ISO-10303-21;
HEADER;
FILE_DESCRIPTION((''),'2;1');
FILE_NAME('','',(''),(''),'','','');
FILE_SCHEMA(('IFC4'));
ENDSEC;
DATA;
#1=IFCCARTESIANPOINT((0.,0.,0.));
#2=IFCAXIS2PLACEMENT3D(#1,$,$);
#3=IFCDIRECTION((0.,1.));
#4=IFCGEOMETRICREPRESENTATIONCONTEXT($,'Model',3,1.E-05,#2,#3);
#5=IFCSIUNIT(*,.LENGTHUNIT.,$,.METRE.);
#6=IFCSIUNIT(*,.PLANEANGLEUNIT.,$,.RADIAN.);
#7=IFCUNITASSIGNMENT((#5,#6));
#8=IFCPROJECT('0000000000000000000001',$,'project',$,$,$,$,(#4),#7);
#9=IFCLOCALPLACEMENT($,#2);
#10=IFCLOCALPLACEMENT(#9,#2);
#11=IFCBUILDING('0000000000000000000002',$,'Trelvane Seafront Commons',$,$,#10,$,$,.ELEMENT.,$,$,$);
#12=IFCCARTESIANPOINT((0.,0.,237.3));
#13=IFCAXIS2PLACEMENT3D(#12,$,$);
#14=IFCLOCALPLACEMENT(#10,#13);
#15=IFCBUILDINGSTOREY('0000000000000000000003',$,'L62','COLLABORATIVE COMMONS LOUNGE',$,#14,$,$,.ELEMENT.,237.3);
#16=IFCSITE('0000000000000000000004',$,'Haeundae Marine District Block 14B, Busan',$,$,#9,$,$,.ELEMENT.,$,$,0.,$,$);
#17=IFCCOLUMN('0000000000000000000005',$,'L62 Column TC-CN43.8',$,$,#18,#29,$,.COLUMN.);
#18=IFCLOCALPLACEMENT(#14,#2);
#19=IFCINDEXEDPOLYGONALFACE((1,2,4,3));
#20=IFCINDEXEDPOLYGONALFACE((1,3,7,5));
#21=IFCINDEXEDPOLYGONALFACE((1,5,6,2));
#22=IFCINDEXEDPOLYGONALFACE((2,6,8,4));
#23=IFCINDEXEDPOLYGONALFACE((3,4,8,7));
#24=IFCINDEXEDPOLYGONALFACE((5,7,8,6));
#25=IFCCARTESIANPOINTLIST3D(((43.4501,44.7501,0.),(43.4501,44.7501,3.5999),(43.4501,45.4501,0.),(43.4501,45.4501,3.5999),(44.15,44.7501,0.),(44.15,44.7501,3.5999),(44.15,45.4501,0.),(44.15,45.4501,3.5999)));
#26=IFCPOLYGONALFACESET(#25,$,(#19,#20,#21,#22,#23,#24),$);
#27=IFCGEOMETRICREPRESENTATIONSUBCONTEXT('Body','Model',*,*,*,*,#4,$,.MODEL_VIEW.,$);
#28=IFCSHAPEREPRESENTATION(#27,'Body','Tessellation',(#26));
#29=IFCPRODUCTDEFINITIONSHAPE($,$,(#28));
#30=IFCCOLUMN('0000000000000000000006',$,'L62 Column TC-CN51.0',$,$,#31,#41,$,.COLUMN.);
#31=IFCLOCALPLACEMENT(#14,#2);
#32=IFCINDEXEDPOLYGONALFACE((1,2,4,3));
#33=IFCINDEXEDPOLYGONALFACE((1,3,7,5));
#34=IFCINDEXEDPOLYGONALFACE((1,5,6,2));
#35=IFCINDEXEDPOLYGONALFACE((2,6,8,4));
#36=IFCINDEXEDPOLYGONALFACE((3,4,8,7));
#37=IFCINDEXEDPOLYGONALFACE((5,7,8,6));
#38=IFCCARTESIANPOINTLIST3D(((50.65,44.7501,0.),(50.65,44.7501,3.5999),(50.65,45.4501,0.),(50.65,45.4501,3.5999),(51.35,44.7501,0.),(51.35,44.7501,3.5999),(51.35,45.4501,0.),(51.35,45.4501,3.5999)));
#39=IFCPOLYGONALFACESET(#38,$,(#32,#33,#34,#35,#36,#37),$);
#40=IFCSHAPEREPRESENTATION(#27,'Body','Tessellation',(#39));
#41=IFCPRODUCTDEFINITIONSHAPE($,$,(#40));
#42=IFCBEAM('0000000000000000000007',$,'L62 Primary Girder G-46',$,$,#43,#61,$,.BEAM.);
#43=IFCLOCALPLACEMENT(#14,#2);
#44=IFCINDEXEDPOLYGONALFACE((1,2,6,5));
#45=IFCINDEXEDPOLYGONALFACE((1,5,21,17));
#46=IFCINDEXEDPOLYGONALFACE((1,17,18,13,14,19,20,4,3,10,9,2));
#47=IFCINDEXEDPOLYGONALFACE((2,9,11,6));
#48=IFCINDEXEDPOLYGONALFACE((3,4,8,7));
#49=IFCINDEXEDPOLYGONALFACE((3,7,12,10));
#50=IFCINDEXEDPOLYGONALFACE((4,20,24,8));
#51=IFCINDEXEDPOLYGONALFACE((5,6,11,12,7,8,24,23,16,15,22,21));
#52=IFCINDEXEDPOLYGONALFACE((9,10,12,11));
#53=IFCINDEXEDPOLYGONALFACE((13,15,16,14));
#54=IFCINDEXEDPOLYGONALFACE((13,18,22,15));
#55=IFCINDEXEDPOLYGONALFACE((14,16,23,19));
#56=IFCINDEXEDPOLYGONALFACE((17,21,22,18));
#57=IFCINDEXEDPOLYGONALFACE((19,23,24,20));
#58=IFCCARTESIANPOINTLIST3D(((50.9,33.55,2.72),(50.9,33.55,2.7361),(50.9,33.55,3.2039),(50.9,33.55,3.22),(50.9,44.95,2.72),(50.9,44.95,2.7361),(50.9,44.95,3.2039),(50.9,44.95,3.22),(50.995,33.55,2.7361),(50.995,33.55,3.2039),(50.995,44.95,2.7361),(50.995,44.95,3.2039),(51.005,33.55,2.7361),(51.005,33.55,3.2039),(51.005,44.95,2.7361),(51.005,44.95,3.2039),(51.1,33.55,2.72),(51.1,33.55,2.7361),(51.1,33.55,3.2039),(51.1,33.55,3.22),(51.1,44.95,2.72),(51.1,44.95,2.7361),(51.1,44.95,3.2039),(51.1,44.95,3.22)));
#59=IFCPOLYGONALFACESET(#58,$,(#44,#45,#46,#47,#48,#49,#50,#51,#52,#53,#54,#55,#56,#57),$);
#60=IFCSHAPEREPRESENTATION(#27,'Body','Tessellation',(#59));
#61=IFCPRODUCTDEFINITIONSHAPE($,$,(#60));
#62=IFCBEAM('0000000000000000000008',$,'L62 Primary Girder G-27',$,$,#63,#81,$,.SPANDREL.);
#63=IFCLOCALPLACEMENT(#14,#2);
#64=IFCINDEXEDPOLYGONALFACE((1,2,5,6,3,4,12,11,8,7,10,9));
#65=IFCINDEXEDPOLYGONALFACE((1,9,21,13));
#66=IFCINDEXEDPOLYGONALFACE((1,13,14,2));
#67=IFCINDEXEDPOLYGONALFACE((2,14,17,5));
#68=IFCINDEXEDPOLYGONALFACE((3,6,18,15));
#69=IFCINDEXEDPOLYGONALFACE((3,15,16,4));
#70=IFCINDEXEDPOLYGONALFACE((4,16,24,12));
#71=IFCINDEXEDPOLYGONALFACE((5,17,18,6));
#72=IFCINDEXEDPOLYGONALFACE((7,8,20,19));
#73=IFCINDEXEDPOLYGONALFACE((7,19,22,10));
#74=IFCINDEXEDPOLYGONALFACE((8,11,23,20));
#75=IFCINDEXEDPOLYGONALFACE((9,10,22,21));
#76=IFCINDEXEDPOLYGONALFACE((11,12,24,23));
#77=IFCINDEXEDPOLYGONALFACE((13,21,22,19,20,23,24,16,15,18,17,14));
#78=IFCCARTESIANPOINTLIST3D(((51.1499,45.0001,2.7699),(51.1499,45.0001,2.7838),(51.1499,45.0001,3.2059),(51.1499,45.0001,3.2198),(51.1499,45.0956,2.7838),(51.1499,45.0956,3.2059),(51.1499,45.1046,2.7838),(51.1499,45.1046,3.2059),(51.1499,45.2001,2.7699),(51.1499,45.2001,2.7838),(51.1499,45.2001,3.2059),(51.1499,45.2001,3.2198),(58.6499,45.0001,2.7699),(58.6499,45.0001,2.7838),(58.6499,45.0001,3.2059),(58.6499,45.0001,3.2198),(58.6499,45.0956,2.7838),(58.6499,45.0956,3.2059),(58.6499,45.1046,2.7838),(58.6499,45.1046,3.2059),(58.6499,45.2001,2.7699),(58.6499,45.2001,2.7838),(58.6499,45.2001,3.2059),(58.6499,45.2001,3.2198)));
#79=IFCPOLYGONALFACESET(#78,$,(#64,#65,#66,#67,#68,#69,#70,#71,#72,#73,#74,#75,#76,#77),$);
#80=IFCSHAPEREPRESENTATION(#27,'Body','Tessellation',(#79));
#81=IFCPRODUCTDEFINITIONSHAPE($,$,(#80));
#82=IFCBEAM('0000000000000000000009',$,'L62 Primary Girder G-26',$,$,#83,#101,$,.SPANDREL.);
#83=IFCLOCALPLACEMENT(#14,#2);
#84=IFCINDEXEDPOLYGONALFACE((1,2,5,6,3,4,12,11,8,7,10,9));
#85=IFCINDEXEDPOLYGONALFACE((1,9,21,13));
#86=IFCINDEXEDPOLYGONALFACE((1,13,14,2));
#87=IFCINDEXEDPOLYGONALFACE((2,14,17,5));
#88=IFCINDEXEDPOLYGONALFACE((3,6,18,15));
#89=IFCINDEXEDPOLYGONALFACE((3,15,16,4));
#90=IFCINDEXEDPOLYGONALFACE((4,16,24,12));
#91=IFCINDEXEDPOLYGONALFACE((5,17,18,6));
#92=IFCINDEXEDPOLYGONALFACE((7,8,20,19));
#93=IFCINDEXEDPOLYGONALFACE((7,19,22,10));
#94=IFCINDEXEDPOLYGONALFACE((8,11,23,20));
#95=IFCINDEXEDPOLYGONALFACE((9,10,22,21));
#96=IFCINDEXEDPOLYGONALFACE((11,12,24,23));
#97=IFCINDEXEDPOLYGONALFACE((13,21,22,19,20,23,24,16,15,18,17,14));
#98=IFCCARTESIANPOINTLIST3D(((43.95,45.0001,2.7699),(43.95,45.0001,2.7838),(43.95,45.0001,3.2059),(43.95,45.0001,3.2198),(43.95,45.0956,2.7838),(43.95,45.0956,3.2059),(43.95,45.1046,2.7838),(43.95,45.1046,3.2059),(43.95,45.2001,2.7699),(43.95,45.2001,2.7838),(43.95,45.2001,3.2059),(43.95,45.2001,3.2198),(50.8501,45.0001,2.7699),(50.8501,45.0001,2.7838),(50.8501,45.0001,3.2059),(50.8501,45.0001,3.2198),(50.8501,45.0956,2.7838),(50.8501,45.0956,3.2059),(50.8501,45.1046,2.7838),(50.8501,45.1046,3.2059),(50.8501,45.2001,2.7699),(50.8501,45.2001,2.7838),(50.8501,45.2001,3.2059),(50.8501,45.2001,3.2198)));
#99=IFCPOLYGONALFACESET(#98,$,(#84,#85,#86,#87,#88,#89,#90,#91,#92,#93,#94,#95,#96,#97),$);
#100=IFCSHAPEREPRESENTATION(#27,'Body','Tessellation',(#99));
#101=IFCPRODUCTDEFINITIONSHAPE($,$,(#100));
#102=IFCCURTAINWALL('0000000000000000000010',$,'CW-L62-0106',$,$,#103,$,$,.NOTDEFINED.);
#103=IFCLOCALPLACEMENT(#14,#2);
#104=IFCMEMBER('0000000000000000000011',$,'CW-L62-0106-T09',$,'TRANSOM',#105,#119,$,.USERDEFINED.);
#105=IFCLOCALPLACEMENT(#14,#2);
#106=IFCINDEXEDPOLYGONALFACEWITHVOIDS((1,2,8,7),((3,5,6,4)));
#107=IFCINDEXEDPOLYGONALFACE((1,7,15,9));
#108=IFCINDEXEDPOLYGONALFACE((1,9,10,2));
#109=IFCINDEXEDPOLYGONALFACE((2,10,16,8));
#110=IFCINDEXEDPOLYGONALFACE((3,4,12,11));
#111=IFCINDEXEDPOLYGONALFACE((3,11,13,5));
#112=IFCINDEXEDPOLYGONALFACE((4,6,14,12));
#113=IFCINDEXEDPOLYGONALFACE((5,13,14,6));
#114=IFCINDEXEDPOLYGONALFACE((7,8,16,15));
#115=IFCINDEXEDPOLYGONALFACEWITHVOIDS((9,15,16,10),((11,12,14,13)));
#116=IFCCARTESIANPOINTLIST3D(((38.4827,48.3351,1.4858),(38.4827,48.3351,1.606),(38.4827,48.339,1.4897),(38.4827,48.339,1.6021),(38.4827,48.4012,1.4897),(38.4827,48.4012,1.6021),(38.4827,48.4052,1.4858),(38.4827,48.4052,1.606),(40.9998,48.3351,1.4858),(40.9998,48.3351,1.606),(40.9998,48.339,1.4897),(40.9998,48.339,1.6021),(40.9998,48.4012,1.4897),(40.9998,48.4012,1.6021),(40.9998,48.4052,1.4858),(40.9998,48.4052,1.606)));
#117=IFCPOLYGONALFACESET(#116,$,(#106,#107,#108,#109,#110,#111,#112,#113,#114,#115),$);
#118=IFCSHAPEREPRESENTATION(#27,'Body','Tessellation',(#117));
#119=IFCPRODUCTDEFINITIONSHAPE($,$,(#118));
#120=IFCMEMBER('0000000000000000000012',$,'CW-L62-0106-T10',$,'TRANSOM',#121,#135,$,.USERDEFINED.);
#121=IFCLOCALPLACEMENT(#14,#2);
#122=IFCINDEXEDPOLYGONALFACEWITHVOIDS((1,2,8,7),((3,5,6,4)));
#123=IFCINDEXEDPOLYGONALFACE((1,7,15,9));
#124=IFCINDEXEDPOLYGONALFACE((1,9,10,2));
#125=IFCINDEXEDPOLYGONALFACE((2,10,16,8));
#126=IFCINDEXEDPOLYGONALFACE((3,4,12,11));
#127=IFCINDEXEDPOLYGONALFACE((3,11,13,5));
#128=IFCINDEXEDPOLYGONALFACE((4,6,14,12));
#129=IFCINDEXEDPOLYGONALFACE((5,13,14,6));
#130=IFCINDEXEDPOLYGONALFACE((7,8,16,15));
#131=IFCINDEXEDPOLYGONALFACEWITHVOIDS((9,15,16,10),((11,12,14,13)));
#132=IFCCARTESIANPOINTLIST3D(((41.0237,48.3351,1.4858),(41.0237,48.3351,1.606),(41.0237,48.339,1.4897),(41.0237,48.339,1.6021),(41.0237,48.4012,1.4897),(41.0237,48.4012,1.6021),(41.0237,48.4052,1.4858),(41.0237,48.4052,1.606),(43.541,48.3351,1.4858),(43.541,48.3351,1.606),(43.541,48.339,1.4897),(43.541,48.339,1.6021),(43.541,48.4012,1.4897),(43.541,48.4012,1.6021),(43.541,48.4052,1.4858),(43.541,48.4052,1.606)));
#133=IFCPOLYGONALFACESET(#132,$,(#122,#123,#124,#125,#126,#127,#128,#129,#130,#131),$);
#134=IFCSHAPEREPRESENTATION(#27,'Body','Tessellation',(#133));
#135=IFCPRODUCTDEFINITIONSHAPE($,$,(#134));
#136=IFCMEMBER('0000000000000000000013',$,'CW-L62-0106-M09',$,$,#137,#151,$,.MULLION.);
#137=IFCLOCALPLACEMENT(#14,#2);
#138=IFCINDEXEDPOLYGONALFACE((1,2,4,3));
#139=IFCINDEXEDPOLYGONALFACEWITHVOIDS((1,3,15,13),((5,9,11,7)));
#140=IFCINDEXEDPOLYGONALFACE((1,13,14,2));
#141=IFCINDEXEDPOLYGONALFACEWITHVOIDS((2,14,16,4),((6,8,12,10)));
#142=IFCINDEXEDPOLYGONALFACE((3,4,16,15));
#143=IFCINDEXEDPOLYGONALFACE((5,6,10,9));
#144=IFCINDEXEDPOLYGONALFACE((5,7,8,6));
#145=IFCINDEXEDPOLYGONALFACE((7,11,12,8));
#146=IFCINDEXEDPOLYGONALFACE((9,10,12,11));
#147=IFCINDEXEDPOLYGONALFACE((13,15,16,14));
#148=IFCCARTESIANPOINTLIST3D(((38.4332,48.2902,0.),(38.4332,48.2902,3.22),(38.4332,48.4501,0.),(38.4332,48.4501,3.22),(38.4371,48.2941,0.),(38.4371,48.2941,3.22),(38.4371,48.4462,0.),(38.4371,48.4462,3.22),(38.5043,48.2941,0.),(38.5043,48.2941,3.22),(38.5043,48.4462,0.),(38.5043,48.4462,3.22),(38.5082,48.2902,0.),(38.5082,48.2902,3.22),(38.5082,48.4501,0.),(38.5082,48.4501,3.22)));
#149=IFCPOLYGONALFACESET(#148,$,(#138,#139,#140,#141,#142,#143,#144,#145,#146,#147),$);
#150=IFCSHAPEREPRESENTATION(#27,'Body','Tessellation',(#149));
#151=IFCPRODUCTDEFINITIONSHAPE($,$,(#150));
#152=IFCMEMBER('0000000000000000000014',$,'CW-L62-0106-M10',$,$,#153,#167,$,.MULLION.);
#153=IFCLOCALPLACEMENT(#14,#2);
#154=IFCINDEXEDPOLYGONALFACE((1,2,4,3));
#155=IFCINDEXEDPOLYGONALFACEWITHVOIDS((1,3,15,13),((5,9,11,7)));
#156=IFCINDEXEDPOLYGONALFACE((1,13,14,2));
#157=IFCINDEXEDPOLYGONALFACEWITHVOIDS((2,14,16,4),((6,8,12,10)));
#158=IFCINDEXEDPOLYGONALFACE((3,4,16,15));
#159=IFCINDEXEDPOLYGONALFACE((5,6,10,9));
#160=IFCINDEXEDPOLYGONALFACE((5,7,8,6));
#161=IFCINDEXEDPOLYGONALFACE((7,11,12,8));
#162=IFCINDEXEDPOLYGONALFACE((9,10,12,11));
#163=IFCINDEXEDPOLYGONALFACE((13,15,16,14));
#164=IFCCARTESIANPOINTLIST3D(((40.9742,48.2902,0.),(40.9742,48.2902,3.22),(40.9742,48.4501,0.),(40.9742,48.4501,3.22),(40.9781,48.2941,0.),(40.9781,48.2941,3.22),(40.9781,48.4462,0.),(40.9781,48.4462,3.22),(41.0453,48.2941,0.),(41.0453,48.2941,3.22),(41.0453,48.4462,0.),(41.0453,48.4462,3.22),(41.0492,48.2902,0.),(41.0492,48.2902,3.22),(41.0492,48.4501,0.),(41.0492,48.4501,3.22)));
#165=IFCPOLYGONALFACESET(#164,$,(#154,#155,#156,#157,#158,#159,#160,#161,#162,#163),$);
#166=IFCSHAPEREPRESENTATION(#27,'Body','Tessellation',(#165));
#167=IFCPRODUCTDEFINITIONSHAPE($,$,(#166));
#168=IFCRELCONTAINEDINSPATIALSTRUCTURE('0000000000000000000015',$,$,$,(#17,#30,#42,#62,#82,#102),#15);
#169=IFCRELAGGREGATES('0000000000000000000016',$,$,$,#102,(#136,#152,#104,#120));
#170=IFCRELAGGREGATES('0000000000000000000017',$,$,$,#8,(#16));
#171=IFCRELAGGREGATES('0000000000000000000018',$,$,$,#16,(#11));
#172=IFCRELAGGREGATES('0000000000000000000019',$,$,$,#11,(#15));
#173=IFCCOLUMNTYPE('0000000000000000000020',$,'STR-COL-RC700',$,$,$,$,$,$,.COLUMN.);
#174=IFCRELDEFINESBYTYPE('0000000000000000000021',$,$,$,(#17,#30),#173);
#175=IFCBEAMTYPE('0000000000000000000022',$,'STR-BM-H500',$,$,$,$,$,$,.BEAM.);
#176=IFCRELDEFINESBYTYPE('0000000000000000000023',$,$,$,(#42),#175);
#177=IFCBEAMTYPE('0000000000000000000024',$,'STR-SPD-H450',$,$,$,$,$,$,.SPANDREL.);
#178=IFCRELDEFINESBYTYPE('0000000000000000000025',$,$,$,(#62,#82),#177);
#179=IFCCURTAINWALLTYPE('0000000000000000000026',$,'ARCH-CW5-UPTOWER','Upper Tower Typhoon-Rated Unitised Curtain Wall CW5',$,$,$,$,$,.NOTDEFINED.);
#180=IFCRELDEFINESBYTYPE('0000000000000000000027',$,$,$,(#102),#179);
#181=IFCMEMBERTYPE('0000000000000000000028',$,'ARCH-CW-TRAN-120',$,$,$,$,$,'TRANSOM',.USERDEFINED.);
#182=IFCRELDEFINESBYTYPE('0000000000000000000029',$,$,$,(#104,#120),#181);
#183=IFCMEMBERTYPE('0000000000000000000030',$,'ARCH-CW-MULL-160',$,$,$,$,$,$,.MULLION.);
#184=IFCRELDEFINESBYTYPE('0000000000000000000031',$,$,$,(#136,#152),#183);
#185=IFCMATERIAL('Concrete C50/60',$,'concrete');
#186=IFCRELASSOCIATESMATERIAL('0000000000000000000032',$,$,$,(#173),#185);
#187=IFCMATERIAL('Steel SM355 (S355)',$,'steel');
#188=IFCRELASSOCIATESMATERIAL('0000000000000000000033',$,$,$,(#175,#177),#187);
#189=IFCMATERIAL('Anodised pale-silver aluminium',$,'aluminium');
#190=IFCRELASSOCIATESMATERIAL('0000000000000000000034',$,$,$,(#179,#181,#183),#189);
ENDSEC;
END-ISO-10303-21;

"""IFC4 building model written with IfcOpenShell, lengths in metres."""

from ifc_helpers import new_model, si_unit, direction, frame, origin, origin_2d, place, context, subcontext, project, spatial, rectangle, hollow_rectangle, i_section, extrude, source, transform, mapped, material, material_profile, profile_set, type_object, element, aggregate, save


model = new_model("IFC4")

# Units and contexts
model_context = context("Model", 3, precision=1e-05, world=origin(), true_north=direction((0.0, 1.0)))
body_context = subcontext(model_context, "Body", "Model", "MODEL_VIEW")
ifc_project = project(units=[si_unit("LENGTHUNIT", "METRE"), si_unit("PLANEANGLEUNIT", "RADIAN")], contexts=[model_context])

# Site, building, storey
site_placement = place(None, origin())
site = spatial("IfcSite", under=ifc_project, at=site_placement, Name="Haeundae Marine District Block 14B, Busan", CompositionType="ELEMENT", RefElevation=0.0)
building_placement = place(site_placement, origin())
building = spatial("IfcBuilding", under=site, at=building_placement, Name="Trelvane Seafront Commons", CompositionType="ELEMENT")
storey_placement = place(building_placement, frame((0.0, 0.0, 237.3)))
storey = spatial("IfcBuildingStorey", under=building, at=storey_placement, Name="L62", Description="COLLABORATIVE COMMONS LOUNGE", CompositionType="ELEMENT", Elevation=237.3)

# Columns
ifc_material_1 = material(Name="Concrete C50/60", Category="concrete")
ifc_material_profile_1 = material_profile(ifc_material_1, rectangle(XDim=0.7, YDim=0.7, at=origin_2d()), Name="RC-700x700")
ifc_profile_set_1 = profile_set([ifc_material_profile_1], Name="Concrete C50/60")
column_type = type_object("IfcColumnType", Name="STR-COL-RC700", PredefinedType="COLUMN", material=ifc_profile_set_1)
shared_shape_1 = source(origin(), body_context, "Body", "SweptSolid", [
    extrude(rectangle(XDim=0.7, YDim=0.7, at=origin_2d()), origin(), (0.0, 0.0, 1.0), 3.5999),
])
for number, where, z_axis, x_axis, name in (
    (1, (43.8, 45.1001, 0.0), (0.0, 0.0, 1.0), (1.0, 0.0, 0.0), "L62 Column TC-CN43.8"),
    (2, (51.0, 45.1001, 0.0), (0.0, 0.0, 1.0), (1.0, 0.0, 0.0), "L62 Column TC-CN51.0"),
):
    element("IfcColumn", number, at=place(storey_placement, frame(where, z_axis=z_axis, x_axis=x_axis)), inside=storey, type_object=column_type, Name=name, PredefinedType="COLUMN", context=body_context, shape_type="MappedRepresentation", body=[
        mapped(shared_shape_1, transform((0.0, 0.0, 0.0), x_axis=(1.0, 0.0, 0.0), y_axis=(0.0, 1.0, 0.0), z_axis=(0.0, 0.0, 1.0), scale=1.0)),
    ])

# Beams
ifc_material_2 = material(Name="Steel SM355 (S355)", Category="steel")
ifc_material_profile_2 = material_profile(ifc_material_2, i_section(OverallWidth=0.2, OverallDepth=0.5, WebThickness=0.01, FlangeThickness=0.0161, at=origin_2d()), Name="H-500x200x10x16")
ifc_profile_set_2 = profile_set([ifc_material_profile_2], Name="Steel SM355 (S355)")
beam_type_1 = type_object("IfcBeamType", Name="STR-BM-H500", PredefinedType="BEAM", material=ifc_profile_set_2)
shared_shape_2 = source(origin(), body_context, "Body", "SweptSolid", [
    extrude(i_section(OverallWidth=0.2, OverallDepth=0.5, WebThickness=0.01, FlangeThickness=0.0161, at=origin_2d()), origin(), (0.0, 0.0, 1.0), 11.3999),
])
beam_1_placement = place(storey_placement, frame((51.0, 33.55, 2.97), z_axis=(0.0, 1.0, 0.0), x_axis=(-1.0, 0.0, 0.0)))
element("IfcBeam", 3, at=beam_1_placement, inside=storey, type_object=beam_type_1, Name="L62 Primary Girder G-46", PredefinedType="BEAM", context=body_context, shape_type="MappedRepresentation", body=[
    mapped(shared_shape_2, transform((0.0, 0.0, 0.0), x_axis=(1.0, 0.0, 0.0), y_axis=(0.0, 1.0, 0.0), z_axis=(0.0, 0.0, 1.0), scale=1.0)),
])
ifc_material_profile_3 = material_profile(ifc_material_2, i_section(OverallWidth=0.2, OverallDepth=0.45, WebThickness=0.009, FlangeThickness=0.0139, at=origin_2d()), Name="H-450x200x9x14")
ifc_profile_set_3 = profile_set([ifc_material_profile_3], Name="Steel SM355 (S355)")
beam_type_2 = type_object("IfcBeamType", Name="STR-SPD-H450", PredefinedType="SPANDREL", material=ifc_profile_set_3)
shared_shape_3 = source(origin(), body_context, "Body", "SweptSolid", [
    extrude(i_section(OverallWidth=0.2, OverallDepth=0.45, WebThickness=0.009, FlangeThickness=0.0139, at=origin_2d()), origin(), (0.0, 0.0, 1.0), 7.5),
])
beam_2_placement = place(storey_placement, frame((51.1499, 45.1001, 2.9949), z_axis=(1.0, 0.0, 0.0), x_axis=(0.0, 1.0, 0.0)))
element("IfcBeam", 4, at=beam_2_placement, inside=storey, type_object=beam_type_2, Name="L62 Primary Girder G-27", PredefinedType="SPANDREL", context=body_context, shape_type="MappedRepresentation", body=[
    mapped(shared_shape_3, transform((0.0, 0.0, 0.0), x_axis=(1.0, 0.0, 0.0), y_axis=(0.0, 1.0, 0.0), z_axis=(0.0, 0.0, 1.0), scale=1.0)),
])
shared_shape_4 = source(origin(), body_context, "Body", "SweptSolid", [
    extrude(i_section(OverallWidth=0.2, OverallDepth=0.45, WebThickness=0.009, FlangeThickness=0.0139, at=origin_2d()), origin(), (0.0, 0.0, 1.0), 6.9001),
])
beam_3_placement = place(storey_placement, frame((43.95, 45.1001, 2.9949), z_axis=(1.0, 0.0, 0.0), x_axis=(0.0, 1.0, 0.0)))
element("IfcBeam", 5, at=beam_3_placement, inside=storey, type_object=beam_type_2, Name="L62 Primary Girder G-26", PredefinedType="SPANDREL", context=body_context, shape_type="MappedRepresentation", body=[
    mapped(shared_shape_4, transform((0.0, 0.0, 0.0), x_axis=(1.0, 0.0, 0.0), y_axis=(0.0, 1.0, 0.0), z_axis=(0.0, 0.0, 1.0), scale=1.0)),
])

# Curtain wall, members
ifc_material_3 = material(Name="Anodised pale-silver aluminium", Category="aluminium")
curtain_wall_type = type_object("IfcCurtainWallType", Name="ARCH-CW5-UPTOWER", Description="Upper Tower Typhoon-Rated Unitised Curtain Wall CW5", PredefinedType="NOTDEFINED", material=ifc_material_3)
curtain_wall_placement = place(storey_placement, origin())
curtain_wall = element("IfcCurtainWall", 6, at=curtain_wall_placement, inside=storey, type_object=curtain_wall_type, Name="CW-L62-0106", PredefinedType="NOTDEFINED")
ifc_material_profile_4 = material_profile(ifc_material_3, hollow_rectangle(XDim=0.0701, YDim=0.1201, WallThickness=0.0039, at=origin_2d()), Name="TRAN-70x120x4")
ifc_profile_set_4 = profile_set([ifc_material_profile_4], Name="Anodised pale-silver aluminium")
member_type_1 = type_object("IfcMemberType", Name="ARCH-CW-TRAN-120", ElementType="TRANSOM", PredefinedType="USERDEFINED", material=ifc_profile_set_4)
shared_shape_5 = source(origin(), body_context, "Body", "SweptSolid", [
    extrude(hollow_rectangle(XDim=0.0701, YDim=0.1201, WallThickness=0.0039, at=origin_2d()), origin(), (0.0, 0.0, 1.0), 2.5171),
])
member_1_placement = place(storey_placement, frame((38.4827, 48.3701, 1.5459), z_axis=(1.0, 0.0, 0.0), x_axis=(0.0, 1.0, 0.0)))
member_1 = element("IfcMember", 7, at=member_1_placement, type_object=member_type_1, Name="CW-L62-0106-T09", ObjectType="TRANSOM", PredefinedType="USERDEFINED", context=body_context, shape_type="MappedRepresentation", body=[
    mapped(shared_shape_5, transform((0.0, 0.0, 0.0), x_axis=(1.0, 0.0, 0.0), y_axis=(0.0, 1.0, 0.0), z_axis=(0.0, 0.0, 1.0), scale=1.0)),
])
shared_shape_6 = source(origin(), body_context, "Body", "SweptSolid", [
    extrude(hollow_rectangle(XDim=0.0701, YDim=0.1201, WallThickness=0.0039, at=origin_2d()), origin(), (0.0, 0.0, 1.0), 2.5173),
])
member_2_placement = place(storey_placement, frame((41.0237, 48.3701, 1.5459), z_axis=(1.0, 0.0, 0.0), x_axis=(0.0, 1.0, 0.0)))
member_2 = element("IfcMember", 8, at=member_2_placement, type_object=member_type_1, Name="CW-L62-0106-T10", ObjectType="TRANSOM", PredefinedType="USERDEFINED", context=body_context, shape_type="MappedRepresentation", body=[
    mapped(shared_shape_6, transform((0.0, 0.0, 0.0), x_axis=(1.0, 0.0, 0.0), y_axis=(0.0, 1.0, 0.0), z_axis=(0.0, 0.0, 1.0), scale=1.0)),
])
ifc_material_profile_5 = material_profile(ifc_material_3, hollow_rectangle(XDim=0.075, YDim=0.1599, WallThickness=0.0039, at=origin_2d()), Name="MULL-75x160x4")
ifc_profile_set_5 = profile_set([ifc_material_profile_5], Name="Anodised pale-silver aluminium")
member_type_2 = type_object("IfcMemberType", Name="ARCH-CW-MULL-160", PredefinedType="MULLION", material=ifc_profile_set_5)
shared_shape_7 = source(origin(), body_context, "Body", "SweptSolid", [
    extrude(hollow_rectangle(XDim=0.075, YDim=0.1599, WallThickness=0.0039, at=origin_2d()), origin(), (0.0, 0.0, 1.0), 3.22),
])
member_3_placement = place(storey_placement, frame((38.4707, 48.3701, 0.0), z_axis=(0.0, 0.0, 1.0), x_axis=(1.0, 0.0, 0.0)))
member_3 = element("IfcMember", 9, at=member_3_placement, type_object=member_type_2, Name="CW-L62-0106-M09", PredefinedType="MULLION", context=body_context, shape_type="MappedRepresentation", body=[
    mapped(shared_shape_7, transform((0.0, 0.0, 0.0), x_axis=(1.0, 0.0, 0.0), y_axis=(0.0, 1.0, 0.0), z_axis=(0.0, 0.0, 1.0), scale=1.0)),
])
member_4_placement = place(storey_placement, frame((41.0117, 48.3701, 0.0), z_axis=(0.0, 0.0, 1.0), x_axis=(1.0, 0.0, 0.0)))
member_4 = element("IfcMember", 10, at=member_4_placement, type_object=member_type_2, Name="CW-L62-0106-M10", PredefinedType="MULLION", context=body_context, shape_type="MappedRepresentation", body=[
    mapped(shared_shape_7, transform((0.0, 0.0, 0.0), x_axis=(1.0, 0.0, 0.0), y_axis=(0.0, 1.0, 0.0), z_axis=(0.0, 0.0, 1.0), scale=1.0)),
])
aggregate(curtain_wall, [member_3, member_4, member_1, member_2])

save(model, "model.ifc")
